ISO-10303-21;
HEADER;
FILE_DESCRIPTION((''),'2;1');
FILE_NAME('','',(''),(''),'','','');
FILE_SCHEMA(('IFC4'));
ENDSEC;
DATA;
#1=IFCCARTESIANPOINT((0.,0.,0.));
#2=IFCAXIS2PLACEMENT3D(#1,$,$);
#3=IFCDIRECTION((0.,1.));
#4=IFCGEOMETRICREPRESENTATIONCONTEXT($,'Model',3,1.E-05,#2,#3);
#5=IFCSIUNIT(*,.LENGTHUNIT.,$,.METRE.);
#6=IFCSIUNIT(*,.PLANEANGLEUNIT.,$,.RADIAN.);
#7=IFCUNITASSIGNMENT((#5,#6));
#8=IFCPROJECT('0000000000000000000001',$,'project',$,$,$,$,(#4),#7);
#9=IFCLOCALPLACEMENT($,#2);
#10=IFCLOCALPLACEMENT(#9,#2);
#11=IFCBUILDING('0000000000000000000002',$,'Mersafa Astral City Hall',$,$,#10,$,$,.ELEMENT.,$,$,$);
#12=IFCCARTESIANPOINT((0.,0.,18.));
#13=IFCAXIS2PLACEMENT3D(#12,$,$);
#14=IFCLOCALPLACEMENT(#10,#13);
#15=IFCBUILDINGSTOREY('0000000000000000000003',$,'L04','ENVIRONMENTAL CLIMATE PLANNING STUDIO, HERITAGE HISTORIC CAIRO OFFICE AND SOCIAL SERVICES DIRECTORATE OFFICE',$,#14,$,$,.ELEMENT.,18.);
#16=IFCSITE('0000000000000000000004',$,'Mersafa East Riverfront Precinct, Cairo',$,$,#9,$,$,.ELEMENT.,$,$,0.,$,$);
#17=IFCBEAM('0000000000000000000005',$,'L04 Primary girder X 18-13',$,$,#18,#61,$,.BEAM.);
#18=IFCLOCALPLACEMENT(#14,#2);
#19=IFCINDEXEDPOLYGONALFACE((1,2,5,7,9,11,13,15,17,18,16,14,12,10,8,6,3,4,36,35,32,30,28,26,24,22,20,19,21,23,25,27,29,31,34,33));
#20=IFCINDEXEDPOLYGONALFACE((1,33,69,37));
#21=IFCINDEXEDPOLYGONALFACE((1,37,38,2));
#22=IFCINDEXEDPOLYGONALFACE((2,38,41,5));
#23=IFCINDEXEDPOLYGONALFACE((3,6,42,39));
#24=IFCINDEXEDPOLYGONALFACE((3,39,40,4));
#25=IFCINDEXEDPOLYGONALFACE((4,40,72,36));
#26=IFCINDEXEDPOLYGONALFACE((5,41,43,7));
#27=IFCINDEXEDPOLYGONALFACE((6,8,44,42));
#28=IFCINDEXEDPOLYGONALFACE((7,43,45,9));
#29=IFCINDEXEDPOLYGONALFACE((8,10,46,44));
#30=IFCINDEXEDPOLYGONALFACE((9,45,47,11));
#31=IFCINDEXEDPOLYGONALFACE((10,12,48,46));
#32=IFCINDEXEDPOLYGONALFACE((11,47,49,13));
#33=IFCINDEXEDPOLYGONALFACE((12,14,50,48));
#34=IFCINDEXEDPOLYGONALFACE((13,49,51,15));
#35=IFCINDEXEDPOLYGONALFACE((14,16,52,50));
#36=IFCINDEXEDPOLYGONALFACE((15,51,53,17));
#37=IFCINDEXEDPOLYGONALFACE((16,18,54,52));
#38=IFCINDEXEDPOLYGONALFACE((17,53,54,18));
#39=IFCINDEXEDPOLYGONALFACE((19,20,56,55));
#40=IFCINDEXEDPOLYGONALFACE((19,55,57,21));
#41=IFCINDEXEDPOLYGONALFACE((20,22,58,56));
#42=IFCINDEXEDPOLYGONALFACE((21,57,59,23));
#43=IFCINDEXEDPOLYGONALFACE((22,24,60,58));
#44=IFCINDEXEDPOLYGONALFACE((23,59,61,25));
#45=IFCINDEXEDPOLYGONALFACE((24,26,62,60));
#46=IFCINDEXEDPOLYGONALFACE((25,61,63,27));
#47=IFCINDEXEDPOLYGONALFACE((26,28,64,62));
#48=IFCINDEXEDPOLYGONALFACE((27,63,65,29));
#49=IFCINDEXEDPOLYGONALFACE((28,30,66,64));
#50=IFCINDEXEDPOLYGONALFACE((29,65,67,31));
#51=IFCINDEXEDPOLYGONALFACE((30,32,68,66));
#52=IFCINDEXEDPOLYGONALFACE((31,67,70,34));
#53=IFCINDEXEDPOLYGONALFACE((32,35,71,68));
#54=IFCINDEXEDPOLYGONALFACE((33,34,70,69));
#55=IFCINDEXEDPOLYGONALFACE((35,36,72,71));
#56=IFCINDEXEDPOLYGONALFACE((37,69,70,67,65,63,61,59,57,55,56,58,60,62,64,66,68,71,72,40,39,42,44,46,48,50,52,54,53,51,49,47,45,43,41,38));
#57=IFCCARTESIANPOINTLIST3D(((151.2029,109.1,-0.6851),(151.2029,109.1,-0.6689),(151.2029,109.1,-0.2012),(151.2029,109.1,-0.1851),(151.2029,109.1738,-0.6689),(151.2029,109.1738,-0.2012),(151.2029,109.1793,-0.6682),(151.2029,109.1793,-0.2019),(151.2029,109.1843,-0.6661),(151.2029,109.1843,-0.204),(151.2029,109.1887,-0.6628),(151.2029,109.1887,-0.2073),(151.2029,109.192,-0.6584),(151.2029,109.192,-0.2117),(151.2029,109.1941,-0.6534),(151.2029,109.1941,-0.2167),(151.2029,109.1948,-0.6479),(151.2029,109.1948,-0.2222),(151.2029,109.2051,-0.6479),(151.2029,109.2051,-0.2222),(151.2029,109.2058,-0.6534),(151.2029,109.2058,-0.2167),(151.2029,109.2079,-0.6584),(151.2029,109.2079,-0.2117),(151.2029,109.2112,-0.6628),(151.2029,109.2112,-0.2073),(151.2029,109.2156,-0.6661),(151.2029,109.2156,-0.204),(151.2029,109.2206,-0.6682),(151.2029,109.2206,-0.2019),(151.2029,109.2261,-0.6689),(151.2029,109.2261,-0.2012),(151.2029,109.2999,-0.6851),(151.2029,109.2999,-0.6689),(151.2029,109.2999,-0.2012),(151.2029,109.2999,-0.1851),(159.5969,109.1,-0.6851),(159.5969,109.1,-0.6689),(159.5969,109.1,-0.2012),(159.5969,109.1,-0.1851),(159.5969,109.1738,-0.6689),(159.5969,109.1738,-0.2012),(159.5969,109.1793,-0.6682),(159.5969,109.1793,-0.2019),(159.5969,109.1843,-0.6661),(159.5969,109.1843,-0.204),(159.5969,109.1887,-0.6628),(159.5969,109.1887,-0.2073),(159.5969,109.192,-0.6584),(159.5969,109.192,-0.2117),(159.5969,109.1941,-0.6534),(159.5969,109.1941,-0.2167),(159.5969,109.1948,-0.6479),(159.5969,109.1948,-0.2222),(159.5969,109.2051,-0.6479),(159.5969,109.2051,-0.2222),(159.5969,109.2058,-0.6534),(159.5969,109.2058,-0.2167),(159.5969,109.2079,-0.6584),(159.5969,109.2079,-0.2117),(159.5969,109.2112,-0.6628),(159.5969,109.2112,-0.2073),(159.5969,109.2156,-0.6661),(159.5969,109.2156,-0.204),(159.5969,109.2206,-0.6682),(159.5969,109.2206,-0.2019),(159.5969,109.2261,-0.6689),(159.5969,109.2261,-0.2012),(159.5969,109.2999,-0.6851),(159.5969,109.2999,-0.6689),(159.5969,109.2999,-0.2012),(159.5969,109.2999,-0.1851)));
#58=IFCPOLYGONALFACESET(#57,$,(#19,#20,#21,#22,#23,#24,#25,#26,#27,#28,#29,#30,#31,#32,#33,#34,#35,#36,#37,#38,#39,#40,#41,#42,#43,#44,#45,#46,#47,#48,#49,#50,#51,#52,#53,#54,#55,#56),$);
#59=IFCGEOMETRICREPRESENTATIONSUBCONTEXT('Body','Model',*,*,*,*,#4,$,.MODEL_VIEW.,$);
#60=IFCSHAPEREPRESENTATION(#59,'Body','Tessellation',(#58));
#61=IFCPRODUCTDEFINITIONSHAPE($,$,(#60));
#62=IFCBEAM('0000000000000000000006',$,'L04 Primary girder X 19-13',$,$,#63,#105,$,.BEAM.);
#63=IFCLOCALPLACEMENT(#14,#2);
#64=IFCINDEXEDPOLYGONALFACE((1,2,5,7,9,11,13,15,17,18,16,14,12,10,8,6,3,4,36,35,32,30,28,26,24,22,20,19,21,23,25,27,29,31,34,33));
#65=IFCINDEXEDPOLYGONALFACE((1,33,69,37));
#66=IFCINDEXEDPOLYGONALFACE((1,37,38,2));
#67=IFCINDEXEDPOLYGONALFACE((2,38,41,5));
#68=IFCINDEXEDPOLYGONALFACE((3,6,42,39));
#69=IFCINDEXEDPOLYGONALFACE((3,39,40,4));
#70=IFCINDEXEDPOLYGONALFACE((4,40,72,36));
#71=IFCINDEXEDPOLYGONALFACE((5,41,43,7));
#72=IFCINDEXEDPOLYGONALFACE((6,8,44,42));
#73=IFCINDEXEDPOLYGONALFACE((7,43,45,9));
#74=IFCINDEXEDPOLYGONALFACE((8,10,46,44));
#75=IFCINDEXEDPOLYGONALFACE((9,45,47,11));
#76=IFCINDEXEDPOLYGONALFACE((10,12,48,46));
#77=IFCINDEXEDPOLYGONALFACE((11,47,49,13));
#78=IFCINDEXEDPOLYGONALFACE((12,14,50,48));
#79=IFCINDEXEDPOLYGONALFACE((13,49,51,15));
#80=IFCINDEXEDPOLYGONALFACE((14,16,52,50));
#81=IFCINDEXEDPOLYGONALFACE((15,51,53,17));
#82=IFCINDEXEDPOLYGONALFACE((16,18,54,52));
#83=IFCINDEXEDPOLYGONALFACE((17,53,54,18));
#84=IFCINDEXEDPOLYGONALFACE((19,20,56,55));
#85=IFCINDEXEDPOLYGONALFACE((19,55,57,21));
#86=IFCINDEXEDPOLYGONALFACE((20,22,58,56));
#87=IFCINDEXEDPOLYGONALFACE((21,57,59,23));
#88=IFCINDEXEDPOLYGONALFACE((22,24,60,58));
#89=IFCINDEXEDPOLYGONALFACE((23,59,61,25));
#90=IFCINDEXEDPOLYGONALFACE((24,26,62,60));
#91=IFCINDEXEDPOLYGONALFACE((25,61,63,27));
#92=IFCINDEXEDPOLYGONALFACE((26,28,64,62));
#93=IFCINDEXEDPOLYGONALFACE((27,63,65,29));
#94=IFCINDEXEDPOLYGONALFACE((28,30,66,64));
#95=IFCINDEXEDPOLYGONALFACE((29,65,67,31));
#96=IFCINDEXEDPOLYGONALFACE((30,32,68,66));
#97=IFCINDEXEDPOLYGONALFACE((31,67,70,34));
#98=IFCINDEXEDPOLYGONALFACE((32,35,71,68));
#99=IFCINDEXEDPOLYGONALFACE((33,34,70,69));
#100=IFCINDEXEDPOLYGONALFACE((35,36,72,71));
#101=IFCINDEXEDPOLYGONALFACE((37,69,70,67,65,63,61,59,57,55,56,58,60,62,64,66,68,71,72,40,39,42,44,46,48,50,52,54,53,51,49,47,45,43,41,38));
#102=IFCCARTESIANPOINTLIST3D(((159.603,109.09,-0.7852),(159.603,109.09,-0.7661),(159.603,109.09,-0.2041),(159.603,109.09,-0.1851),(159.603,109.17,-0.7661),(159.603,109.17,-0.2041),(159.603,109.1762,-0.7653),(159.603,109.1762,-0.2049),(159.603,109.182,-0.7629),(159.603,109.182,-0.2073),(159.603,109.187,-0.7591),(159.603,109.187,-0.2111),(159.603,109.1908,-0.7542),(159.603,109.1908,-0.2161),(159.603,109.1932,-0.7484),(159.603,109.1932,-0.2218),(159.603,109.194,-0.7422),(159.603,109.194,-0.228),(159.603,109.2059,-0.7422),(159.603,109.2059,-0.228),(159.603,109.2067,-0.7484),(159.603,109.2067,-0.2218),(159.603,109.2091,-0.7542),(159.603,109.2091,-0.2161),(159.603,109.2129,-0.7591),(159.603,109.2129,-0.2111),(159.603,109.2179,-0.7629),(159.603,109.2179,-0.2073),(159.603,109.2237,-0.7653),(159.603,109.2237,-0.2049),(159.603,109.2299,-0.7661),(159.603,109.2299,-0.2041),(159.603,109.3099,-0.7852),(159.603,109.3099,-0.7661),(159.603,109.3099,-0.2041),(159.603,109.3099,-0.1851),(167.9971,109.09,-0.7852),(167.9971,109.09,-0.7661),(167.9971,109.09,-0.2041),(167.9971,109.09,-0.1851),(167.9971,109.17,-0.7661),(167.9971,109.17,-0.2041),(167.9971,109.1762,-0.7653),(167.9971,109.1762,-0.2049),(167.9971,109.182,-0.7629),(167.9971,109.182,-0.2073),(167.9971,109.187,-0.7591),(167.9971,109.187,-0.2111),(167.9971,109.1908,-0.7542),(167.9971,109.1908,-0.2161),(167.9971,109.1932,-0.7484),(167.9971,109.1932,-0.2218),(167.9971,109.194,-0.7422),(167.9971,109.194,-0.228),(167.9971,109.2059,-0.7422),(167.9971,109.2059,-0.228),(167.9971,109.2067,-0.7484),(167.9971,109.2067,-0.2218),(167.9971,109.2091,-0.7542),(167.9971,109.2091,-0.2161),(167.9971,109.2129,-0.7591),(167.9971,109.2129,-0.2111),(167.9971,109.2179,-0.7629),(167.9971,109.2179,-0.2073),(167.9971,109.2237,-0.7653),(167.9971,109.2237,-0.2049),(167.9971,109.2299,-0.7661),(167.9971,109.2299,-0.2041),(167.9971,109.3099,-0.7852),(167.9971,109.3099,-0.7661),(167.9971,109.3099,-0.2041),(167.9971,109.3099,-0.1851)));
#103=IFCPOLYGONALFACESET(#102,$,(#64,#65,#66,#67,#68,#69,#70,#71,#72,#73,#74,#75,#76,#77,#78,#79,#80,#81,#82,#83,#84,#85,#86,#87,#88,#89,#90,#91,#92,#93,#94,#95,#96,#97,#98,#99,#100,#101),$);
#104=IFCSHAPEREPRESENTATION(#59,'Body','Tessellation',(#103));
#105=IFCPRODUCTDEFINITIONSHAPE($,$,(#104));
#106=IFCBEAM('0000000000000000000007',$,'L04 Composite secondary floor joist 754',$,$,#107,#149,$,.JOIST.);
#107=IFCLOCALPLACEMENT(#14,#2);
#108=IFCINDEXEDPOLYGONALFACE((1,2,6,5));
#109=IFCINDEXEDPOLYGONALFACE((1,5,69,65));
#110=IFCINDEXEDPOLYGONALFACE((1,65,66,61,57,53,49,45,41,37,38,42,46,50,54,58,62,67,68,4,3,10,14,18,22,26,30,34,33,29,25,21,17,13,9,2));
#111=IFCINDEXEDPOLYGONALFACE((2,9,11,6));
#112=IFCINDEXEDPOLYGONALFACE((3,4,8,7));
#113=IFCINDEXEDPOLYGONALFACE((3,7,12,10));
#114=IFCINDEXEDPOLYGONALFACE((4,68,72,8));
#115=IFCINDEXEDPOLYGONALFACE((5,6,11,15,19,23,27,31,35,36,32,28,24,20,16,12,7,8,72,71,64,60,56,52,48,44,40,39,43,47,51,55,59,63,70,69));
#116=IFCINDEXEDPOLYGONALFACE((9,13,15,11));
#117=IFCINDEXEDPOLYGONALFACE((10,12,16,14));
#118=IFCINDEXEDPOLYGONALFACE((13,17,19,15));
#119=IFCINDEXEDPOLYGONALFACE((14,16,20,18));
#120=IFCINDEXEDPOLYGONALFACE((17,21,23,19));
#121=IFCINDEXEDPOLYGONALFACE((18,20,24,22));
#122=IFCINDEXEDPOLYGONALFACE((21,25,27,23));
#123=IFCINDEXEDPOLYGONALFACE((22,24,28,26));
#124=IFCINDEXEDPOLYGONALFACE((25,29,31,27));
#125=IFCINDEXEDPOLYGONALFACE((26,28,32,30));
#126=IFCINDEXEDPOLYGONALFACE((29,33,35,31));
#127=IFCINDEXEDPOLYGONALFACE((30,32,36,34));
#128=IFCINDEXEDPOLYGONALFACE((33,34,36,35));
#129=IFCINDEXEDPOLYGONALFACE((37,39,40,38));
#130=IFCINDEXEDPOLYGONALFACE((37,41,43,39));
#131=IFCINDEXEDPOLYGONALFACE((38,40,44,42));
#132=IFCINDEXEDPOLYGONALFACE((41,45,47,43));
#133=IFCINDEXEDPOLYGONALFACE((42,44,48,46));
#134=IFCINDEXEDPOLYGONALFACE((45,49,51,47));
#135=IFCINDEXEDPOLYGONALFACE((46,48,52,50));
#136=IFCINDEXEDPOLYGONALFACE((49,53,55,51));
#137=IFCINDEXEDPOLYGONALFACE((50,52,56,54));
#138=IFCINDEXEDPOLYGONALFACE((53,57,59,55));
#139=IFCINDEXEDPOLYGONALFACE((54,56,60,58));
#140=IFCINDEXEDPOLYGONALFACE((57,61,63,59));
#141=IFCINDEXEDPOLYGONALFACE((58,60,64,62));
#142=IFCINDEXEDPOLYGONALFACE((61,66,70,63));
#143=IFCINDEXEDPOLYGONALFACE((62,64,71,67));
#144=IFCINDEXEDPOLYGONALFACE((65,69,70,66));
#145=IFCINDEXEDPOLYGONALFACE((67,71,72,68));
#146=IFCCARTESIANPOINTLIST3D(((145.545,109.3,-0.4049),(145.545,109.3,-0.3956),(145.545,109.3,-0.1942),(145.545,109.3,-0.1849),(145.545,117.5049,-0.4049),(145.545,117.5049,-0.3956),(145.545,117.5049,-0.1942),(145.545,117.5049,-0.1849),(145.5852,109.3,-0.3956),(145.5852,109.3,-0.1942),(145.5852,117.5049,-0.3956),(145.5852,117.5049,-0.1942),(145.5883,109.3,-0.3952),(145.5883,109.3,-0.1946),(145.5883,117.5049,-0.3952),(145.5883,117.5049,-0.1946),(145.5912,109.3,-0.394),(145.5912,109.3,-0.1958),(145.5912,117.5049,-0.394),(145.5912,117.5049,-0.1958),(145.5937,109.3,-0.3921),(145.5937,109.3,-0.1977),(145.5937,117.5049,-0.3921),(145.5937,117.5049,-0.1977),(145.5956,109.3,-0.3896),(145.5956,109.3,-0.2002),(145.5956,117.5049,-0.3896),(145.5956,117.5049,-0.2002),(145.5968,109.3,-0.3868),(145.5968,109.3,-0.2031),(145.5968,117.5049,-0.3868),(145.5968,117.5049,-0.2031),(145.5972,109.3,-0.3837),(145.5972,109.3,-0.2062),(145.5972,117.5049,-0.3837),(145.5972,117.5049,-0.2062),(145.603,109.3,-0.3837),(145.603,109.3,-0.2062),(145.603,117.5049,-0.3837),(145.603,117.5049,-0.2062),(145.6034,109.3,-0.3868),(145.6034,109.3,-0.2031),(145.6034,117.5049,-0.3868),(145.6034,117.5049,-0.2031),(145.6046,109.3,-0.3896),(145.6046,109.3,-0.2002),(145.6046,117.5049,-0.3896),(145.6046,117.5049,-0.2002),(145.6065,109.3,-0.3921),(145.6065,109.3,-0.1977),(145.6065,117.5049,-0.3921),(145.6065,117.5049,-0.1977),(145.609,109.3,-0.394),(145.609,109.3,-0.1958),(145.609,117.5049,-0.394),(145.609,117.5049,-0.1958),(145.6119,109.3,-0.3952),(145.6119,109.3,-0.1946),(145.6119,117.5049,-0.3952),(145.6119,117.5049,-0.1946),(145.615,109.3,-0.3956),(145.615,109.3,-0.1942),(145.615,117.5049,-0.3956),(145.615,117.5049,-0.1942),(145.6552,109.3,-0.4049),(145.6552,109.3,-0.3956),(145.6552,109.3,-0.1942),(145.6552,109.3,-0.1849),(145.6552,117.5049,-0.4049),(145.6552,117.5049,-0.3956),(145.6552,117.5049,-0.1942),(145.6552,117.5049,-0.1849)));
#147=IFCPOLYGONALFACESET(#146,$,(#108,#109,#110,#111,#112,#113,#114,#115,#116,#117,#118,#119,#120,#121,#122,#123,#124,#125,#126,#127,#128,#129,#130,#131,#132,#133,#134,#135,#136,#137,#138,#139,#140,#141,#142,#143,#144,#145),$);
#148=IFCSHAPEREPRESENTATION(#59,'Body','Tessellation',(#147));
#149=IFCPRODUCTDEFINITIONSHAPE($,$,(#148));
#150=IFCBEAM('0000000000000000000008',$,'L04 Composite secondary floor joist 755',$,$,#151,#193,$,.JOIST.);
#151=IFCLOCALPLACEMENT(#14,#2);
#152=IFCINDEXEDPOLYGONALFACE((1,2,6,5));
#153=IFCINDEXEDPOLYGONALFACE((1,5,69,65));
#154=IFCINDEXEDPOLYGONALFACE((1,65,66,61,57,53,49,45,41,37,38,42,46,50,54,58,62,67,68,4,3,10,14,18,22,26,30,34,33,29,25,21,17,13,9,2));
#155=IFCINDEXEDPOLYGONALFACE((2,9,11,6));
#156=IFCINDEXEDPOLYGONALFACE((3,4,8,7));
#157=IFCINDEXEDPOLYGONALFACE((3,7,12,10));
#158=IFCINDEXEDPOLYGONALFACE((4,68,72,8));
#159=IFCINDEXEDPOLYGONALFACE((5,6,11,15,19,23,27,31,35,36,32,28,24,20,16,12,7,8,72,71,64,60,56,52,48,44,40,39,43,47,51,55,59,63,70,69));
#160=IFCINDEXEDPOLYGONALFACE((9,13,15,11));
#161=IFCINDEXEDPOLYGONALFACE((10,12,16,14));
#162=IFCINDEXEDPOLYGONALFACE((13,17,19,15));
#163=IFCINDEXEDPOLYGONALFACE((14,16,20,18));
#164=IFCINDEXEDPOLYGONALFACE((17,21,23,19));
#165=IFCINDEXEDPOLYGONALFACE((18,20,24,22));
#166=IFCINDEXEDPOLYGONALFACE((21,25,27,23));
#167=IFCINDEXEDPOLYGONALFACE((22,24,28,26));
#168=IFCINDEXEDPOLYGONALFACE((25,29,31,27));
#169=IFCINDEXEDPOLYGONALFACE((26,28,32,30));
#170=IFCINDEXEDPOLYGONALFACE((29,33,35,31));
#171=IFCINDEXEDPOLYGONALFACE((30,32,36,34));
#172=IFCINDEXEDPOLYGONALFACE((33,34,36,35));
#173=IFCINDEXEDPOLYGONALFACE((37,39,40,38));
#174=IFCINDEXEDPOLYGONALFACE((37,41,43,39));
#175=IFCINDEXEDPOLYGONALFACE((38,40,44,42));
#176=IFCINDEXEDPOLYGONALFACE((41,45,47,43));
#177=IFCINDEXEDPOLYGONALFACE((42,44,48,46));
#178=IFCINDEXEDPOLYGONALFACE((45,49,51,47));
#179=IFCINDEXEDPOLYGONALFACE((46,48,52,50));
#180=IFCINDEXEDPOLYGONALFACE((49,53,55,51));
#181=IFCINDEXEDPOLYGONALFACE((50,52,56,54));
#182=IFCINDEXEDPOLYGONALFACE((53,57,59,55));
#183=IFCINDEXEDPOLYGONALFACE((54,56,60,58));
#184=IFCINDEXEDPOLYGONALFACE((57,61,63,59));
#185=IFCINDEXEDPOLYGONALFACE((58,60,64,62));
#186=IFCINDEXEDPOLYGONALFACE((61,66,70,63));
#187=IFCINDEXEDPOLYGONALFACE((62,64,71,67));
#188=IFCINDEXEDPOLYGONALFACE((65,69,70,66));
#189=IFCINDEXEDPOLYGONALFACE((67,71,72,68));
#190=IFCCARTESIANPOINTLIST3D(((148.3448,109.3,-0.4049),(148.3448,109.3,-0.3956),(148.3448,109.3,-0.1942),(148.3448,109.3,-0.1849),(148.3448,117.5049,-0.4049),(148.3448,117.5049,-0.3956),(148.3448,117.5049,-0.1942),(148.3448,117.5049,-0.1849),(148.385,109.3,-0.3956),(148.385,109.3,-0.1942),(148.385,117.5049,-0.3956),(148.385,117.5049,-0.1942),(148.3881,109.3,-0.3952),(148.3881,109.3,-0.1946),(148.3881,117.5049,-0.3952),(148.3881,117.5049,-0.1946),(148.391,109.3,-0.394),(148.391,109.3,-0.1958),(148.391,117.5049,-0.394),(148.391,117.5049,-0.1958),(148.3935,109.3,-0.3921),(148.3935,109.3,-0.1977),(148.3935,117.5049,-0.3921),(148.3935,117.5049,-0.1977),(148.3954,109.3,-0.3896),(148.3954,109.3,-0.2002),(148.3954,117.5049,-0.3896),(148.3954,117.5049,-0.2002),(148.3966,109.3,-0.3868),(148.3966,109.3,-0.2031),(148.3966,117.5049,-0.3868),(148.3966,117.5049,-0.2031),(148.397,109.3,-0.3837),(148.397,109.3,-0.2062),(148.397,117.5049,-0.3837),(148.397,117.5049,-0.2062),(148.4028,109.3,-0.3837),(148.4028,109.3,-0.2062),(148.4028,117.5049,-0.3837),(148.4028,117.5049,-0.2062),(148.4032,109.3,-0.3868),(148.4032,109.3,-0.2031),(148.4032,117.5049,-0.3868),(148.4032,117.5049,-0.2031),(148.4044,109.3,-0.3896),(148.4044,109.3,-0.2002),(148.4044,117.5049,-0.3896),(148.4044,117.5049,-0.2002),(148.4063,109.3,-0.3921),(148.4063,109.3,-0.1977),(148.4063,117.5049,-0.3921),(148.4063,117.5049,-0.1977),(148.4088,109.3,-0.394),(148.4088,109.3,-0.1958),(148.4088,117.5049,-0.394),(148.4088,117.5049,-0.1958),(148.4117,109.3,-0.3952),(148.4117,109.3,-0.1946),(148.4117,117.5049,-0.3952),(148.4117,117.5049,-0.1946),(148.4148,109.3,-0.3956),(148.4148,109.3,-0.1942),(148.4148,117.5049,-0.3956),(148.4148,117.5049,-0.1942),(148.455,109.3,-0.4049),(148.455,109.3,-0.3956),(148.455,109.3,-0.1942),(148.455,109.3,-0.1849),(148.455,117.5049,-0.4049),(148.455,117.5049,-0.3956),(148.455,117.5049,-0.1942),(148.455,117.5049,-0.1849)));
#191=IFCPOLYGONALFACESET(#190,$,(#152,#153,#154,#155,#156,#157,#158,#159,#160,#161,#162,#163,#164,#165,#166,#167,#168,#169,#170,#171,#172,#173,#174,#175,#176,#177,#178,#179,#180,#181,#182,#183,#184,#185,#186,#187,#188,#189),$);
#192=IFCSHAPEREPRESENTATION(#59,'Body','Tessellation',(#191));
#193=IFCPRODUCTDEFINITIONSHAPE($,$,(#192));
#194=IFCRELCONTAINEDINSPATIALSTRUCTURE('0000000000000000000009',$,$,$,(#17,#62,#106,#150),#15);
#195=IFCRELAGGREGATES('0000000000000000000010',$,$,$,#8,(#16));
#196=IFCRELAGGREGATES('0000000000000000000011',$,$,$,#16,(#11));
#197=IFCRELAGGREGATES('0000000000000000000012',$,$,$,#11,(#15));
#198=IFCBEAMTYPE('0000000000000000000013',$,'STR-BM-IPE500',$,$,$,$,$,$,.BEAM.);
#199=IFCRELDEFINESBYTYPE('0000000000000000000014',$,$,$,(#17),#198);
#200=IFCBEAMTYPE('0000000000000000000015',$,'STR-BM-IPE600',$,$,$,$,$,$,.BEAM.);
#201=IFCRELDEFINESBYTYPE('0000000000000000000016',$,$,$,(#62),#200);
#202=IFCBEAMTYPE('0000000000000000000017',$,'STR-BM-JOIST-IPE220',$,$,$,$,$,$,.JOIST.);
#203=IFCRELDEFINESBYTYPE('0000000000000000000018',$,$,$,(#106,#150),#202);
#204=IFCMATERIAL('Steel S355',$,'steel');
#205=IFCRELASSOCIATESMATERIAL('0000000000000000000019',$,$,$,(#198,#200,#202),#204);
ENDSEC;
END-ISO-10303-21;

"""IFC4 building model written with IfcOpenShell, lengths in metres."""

from ifc_helpers import new_model, si_unit, direction, frame, origin, origin_2d, place, context, subcontext, project, spatial, i_section, extrude, material, material_profile, profile_set, type_object, element, save


model = new_model("IFC4")

# Units and contexts
model_context = context("Model", 3, precision=1e-05, world=origin(), true_north=direction((0.0, 1.0)))
body_context = subcontext(model_context, "Body", "Model", "MODEL_VIEW")
ifc_project = project(units=[si_unit("LENGTHUNIT", "METRE"), si_unit("PLANEANGLEUNIT", "RADIAN")], contexts=[model_context])

# Site, building, storey
site_placement = place(None, origin())
site = spatial("IfcSite", under=ifc_project, at=site_placement, Name="Mersafa East Riverfront Precinct, Cairo", CompositionType="ELEMENT", RefElevation=0.0)
building_placement = place(site_placement, origin())
building = spatial("IfcBuilding", under=site, at=building_placement, Name="Mersafa Astral City Hall", CompositionType="ELEMENT")
storey_placement = place(building_placement, frame((0.0, 0.0, 18.0)))
storey = spatial("IfcBuildingStorey", under=building, at=storey_placement, Name="L04", Description="ENVIRONMENTAL CLIMATE PLANNING STUDIO, HERITAGE HISTORIC CAIRO OFFICE AND SOCIAL SERVICES DIRECTORATE OFFICE", CompositionType="ELEMENT", Elevation=18.0)

# Shared definitions
ifc_material_1 = material(Name="Steel S355", Category="steel")

# Beams
ifc_material_profile_1 = material_profile(ifc_material_1, i_section(OverallWidth=0.2, OverallDepth=0.5, WebThickness=0.0103, FlangeThickness=0.0161, FilletRadius=0.021, at=origin_2d()), Name="IPE 500")
ifc_profile_set_1 = profile_set([ifc_material_profile_1], Name="Steel S355")
beam_type_1 = type_object("IfcBeamType", Name="STR-BM-IPE500", PredefinedType="BEAM", material=ifc_profile_set_1)
beam_1_placement = place(storey_placement, frame((151.2029, 109.2, -0.4351), z_axis=(1.0, 0.0, 0.0), x_axis=(0.0, 1.0, 0.0)))
element("IfcBeam", 1, at=beam_1_placement, inside=storey, type_object=beam_type_1, Name="L04 Primary girder X 18-13", PredefinedType="BEAM", context=body_context, shape_type="SweptSolid", body=[
    extrude(i_section(OverallWidth=0.2, OverallDepth=0.5, WebThickness=0.0103, FlangeThickness=0.0161, FilletRadius=0.021, at=origin_2d()), origin(), (0.0, 0.0, 1.0), 8.394),
])
ifc_material_profile_2 = material_profile(ifc_material_1, i_section(OverallWidth=0.22, OverallDepth=0.6001, WebThickness=0.012, FlangeThickness=0.019, FilletRadius=0.0239, at=origin_2d()), Name="IPE 600")
ifc_profile_set_2 = profile_set([ifc_material_profile_2], Name="Steel S355")
beam_type_2 = type_object("IfcBeamType", Name="STR-BM-IPE600", PredefinedType="BEAM", material=ifc_profile_set_2)
beam_2_placement = place(storey_placement, frame((159.603, 109.2, -0.4851), z_axis=(1.0, 0.0, 0.0), x_axis=(0.0, 1.0, 0.0)))
element("IfcBeam", 2, at=beam_2_placement, inside=storey, type_object=beam_type_2, Name="L04 Primary girder X 19-13", PredefinedType="BEAM", context=body_context, shape_type="SweptSolid", body=[
    extrude(i_section(OverallWidth=0.22, OverallDepth=0.6001, WebThickness=0.012, FlangeThickness=0.019, FilletRadius=0.0239, at=origin_2d()), origin(), (0.0, 0.0, 1.0), 8.394),
])
ifc_material_profile_3 = material_profile(ifc_material_1, i_section(OverallWidth=0.1101, OverallDepth=0.22, WebThickness=0.0059, FlangeThickness=0.0093, FilletRadius=0.012, at=origin_2d()), Name="IPE 220")
ifc_profile_set_3 = profile_set([ifc_material_profile_3], Name="Steel S355")
beam_type_3 = type_object("IfcBeamType", Name="STR-BM-JOIST-IPE220", PredefinedType="JOIST", material=ifc_profile_set_3)
for number, where, z_axis, x_axis, name in (
    (3, (145.6001, 109.3, -0.2949), (0.0, 1.0, 0.0), (-1.0, 0.0, 0.0), "L04 Composite secondary floor joist 754"),
    (4, (148.3999, 109.3, -0.2949), (0.0, 1.0, 0.0), (-1.0, 0.0, 0.0), "L04 Composite secondary floor joist 755"),
):
    element("IfcBeam", number, at=place(storey_placement, frame(where, z_axis=z_axis, x_axis=x_axis)), inside=storey, type_object=beam_type_3, Name=name, PredefinedType="JOIST", context=body_context, shape_type="SweptSolid", body=[
        extrude(i_section(OverallWidth=0.1101, OverallDepth=0.22, WebThickness=0.0059, FlangeThickness=0.0093, FilletRadius=0.012, at=origin_2d()), origin(), (0.0, 0.0, 1.0), 8.2048),
    ])

save(model, "model.ifc")
